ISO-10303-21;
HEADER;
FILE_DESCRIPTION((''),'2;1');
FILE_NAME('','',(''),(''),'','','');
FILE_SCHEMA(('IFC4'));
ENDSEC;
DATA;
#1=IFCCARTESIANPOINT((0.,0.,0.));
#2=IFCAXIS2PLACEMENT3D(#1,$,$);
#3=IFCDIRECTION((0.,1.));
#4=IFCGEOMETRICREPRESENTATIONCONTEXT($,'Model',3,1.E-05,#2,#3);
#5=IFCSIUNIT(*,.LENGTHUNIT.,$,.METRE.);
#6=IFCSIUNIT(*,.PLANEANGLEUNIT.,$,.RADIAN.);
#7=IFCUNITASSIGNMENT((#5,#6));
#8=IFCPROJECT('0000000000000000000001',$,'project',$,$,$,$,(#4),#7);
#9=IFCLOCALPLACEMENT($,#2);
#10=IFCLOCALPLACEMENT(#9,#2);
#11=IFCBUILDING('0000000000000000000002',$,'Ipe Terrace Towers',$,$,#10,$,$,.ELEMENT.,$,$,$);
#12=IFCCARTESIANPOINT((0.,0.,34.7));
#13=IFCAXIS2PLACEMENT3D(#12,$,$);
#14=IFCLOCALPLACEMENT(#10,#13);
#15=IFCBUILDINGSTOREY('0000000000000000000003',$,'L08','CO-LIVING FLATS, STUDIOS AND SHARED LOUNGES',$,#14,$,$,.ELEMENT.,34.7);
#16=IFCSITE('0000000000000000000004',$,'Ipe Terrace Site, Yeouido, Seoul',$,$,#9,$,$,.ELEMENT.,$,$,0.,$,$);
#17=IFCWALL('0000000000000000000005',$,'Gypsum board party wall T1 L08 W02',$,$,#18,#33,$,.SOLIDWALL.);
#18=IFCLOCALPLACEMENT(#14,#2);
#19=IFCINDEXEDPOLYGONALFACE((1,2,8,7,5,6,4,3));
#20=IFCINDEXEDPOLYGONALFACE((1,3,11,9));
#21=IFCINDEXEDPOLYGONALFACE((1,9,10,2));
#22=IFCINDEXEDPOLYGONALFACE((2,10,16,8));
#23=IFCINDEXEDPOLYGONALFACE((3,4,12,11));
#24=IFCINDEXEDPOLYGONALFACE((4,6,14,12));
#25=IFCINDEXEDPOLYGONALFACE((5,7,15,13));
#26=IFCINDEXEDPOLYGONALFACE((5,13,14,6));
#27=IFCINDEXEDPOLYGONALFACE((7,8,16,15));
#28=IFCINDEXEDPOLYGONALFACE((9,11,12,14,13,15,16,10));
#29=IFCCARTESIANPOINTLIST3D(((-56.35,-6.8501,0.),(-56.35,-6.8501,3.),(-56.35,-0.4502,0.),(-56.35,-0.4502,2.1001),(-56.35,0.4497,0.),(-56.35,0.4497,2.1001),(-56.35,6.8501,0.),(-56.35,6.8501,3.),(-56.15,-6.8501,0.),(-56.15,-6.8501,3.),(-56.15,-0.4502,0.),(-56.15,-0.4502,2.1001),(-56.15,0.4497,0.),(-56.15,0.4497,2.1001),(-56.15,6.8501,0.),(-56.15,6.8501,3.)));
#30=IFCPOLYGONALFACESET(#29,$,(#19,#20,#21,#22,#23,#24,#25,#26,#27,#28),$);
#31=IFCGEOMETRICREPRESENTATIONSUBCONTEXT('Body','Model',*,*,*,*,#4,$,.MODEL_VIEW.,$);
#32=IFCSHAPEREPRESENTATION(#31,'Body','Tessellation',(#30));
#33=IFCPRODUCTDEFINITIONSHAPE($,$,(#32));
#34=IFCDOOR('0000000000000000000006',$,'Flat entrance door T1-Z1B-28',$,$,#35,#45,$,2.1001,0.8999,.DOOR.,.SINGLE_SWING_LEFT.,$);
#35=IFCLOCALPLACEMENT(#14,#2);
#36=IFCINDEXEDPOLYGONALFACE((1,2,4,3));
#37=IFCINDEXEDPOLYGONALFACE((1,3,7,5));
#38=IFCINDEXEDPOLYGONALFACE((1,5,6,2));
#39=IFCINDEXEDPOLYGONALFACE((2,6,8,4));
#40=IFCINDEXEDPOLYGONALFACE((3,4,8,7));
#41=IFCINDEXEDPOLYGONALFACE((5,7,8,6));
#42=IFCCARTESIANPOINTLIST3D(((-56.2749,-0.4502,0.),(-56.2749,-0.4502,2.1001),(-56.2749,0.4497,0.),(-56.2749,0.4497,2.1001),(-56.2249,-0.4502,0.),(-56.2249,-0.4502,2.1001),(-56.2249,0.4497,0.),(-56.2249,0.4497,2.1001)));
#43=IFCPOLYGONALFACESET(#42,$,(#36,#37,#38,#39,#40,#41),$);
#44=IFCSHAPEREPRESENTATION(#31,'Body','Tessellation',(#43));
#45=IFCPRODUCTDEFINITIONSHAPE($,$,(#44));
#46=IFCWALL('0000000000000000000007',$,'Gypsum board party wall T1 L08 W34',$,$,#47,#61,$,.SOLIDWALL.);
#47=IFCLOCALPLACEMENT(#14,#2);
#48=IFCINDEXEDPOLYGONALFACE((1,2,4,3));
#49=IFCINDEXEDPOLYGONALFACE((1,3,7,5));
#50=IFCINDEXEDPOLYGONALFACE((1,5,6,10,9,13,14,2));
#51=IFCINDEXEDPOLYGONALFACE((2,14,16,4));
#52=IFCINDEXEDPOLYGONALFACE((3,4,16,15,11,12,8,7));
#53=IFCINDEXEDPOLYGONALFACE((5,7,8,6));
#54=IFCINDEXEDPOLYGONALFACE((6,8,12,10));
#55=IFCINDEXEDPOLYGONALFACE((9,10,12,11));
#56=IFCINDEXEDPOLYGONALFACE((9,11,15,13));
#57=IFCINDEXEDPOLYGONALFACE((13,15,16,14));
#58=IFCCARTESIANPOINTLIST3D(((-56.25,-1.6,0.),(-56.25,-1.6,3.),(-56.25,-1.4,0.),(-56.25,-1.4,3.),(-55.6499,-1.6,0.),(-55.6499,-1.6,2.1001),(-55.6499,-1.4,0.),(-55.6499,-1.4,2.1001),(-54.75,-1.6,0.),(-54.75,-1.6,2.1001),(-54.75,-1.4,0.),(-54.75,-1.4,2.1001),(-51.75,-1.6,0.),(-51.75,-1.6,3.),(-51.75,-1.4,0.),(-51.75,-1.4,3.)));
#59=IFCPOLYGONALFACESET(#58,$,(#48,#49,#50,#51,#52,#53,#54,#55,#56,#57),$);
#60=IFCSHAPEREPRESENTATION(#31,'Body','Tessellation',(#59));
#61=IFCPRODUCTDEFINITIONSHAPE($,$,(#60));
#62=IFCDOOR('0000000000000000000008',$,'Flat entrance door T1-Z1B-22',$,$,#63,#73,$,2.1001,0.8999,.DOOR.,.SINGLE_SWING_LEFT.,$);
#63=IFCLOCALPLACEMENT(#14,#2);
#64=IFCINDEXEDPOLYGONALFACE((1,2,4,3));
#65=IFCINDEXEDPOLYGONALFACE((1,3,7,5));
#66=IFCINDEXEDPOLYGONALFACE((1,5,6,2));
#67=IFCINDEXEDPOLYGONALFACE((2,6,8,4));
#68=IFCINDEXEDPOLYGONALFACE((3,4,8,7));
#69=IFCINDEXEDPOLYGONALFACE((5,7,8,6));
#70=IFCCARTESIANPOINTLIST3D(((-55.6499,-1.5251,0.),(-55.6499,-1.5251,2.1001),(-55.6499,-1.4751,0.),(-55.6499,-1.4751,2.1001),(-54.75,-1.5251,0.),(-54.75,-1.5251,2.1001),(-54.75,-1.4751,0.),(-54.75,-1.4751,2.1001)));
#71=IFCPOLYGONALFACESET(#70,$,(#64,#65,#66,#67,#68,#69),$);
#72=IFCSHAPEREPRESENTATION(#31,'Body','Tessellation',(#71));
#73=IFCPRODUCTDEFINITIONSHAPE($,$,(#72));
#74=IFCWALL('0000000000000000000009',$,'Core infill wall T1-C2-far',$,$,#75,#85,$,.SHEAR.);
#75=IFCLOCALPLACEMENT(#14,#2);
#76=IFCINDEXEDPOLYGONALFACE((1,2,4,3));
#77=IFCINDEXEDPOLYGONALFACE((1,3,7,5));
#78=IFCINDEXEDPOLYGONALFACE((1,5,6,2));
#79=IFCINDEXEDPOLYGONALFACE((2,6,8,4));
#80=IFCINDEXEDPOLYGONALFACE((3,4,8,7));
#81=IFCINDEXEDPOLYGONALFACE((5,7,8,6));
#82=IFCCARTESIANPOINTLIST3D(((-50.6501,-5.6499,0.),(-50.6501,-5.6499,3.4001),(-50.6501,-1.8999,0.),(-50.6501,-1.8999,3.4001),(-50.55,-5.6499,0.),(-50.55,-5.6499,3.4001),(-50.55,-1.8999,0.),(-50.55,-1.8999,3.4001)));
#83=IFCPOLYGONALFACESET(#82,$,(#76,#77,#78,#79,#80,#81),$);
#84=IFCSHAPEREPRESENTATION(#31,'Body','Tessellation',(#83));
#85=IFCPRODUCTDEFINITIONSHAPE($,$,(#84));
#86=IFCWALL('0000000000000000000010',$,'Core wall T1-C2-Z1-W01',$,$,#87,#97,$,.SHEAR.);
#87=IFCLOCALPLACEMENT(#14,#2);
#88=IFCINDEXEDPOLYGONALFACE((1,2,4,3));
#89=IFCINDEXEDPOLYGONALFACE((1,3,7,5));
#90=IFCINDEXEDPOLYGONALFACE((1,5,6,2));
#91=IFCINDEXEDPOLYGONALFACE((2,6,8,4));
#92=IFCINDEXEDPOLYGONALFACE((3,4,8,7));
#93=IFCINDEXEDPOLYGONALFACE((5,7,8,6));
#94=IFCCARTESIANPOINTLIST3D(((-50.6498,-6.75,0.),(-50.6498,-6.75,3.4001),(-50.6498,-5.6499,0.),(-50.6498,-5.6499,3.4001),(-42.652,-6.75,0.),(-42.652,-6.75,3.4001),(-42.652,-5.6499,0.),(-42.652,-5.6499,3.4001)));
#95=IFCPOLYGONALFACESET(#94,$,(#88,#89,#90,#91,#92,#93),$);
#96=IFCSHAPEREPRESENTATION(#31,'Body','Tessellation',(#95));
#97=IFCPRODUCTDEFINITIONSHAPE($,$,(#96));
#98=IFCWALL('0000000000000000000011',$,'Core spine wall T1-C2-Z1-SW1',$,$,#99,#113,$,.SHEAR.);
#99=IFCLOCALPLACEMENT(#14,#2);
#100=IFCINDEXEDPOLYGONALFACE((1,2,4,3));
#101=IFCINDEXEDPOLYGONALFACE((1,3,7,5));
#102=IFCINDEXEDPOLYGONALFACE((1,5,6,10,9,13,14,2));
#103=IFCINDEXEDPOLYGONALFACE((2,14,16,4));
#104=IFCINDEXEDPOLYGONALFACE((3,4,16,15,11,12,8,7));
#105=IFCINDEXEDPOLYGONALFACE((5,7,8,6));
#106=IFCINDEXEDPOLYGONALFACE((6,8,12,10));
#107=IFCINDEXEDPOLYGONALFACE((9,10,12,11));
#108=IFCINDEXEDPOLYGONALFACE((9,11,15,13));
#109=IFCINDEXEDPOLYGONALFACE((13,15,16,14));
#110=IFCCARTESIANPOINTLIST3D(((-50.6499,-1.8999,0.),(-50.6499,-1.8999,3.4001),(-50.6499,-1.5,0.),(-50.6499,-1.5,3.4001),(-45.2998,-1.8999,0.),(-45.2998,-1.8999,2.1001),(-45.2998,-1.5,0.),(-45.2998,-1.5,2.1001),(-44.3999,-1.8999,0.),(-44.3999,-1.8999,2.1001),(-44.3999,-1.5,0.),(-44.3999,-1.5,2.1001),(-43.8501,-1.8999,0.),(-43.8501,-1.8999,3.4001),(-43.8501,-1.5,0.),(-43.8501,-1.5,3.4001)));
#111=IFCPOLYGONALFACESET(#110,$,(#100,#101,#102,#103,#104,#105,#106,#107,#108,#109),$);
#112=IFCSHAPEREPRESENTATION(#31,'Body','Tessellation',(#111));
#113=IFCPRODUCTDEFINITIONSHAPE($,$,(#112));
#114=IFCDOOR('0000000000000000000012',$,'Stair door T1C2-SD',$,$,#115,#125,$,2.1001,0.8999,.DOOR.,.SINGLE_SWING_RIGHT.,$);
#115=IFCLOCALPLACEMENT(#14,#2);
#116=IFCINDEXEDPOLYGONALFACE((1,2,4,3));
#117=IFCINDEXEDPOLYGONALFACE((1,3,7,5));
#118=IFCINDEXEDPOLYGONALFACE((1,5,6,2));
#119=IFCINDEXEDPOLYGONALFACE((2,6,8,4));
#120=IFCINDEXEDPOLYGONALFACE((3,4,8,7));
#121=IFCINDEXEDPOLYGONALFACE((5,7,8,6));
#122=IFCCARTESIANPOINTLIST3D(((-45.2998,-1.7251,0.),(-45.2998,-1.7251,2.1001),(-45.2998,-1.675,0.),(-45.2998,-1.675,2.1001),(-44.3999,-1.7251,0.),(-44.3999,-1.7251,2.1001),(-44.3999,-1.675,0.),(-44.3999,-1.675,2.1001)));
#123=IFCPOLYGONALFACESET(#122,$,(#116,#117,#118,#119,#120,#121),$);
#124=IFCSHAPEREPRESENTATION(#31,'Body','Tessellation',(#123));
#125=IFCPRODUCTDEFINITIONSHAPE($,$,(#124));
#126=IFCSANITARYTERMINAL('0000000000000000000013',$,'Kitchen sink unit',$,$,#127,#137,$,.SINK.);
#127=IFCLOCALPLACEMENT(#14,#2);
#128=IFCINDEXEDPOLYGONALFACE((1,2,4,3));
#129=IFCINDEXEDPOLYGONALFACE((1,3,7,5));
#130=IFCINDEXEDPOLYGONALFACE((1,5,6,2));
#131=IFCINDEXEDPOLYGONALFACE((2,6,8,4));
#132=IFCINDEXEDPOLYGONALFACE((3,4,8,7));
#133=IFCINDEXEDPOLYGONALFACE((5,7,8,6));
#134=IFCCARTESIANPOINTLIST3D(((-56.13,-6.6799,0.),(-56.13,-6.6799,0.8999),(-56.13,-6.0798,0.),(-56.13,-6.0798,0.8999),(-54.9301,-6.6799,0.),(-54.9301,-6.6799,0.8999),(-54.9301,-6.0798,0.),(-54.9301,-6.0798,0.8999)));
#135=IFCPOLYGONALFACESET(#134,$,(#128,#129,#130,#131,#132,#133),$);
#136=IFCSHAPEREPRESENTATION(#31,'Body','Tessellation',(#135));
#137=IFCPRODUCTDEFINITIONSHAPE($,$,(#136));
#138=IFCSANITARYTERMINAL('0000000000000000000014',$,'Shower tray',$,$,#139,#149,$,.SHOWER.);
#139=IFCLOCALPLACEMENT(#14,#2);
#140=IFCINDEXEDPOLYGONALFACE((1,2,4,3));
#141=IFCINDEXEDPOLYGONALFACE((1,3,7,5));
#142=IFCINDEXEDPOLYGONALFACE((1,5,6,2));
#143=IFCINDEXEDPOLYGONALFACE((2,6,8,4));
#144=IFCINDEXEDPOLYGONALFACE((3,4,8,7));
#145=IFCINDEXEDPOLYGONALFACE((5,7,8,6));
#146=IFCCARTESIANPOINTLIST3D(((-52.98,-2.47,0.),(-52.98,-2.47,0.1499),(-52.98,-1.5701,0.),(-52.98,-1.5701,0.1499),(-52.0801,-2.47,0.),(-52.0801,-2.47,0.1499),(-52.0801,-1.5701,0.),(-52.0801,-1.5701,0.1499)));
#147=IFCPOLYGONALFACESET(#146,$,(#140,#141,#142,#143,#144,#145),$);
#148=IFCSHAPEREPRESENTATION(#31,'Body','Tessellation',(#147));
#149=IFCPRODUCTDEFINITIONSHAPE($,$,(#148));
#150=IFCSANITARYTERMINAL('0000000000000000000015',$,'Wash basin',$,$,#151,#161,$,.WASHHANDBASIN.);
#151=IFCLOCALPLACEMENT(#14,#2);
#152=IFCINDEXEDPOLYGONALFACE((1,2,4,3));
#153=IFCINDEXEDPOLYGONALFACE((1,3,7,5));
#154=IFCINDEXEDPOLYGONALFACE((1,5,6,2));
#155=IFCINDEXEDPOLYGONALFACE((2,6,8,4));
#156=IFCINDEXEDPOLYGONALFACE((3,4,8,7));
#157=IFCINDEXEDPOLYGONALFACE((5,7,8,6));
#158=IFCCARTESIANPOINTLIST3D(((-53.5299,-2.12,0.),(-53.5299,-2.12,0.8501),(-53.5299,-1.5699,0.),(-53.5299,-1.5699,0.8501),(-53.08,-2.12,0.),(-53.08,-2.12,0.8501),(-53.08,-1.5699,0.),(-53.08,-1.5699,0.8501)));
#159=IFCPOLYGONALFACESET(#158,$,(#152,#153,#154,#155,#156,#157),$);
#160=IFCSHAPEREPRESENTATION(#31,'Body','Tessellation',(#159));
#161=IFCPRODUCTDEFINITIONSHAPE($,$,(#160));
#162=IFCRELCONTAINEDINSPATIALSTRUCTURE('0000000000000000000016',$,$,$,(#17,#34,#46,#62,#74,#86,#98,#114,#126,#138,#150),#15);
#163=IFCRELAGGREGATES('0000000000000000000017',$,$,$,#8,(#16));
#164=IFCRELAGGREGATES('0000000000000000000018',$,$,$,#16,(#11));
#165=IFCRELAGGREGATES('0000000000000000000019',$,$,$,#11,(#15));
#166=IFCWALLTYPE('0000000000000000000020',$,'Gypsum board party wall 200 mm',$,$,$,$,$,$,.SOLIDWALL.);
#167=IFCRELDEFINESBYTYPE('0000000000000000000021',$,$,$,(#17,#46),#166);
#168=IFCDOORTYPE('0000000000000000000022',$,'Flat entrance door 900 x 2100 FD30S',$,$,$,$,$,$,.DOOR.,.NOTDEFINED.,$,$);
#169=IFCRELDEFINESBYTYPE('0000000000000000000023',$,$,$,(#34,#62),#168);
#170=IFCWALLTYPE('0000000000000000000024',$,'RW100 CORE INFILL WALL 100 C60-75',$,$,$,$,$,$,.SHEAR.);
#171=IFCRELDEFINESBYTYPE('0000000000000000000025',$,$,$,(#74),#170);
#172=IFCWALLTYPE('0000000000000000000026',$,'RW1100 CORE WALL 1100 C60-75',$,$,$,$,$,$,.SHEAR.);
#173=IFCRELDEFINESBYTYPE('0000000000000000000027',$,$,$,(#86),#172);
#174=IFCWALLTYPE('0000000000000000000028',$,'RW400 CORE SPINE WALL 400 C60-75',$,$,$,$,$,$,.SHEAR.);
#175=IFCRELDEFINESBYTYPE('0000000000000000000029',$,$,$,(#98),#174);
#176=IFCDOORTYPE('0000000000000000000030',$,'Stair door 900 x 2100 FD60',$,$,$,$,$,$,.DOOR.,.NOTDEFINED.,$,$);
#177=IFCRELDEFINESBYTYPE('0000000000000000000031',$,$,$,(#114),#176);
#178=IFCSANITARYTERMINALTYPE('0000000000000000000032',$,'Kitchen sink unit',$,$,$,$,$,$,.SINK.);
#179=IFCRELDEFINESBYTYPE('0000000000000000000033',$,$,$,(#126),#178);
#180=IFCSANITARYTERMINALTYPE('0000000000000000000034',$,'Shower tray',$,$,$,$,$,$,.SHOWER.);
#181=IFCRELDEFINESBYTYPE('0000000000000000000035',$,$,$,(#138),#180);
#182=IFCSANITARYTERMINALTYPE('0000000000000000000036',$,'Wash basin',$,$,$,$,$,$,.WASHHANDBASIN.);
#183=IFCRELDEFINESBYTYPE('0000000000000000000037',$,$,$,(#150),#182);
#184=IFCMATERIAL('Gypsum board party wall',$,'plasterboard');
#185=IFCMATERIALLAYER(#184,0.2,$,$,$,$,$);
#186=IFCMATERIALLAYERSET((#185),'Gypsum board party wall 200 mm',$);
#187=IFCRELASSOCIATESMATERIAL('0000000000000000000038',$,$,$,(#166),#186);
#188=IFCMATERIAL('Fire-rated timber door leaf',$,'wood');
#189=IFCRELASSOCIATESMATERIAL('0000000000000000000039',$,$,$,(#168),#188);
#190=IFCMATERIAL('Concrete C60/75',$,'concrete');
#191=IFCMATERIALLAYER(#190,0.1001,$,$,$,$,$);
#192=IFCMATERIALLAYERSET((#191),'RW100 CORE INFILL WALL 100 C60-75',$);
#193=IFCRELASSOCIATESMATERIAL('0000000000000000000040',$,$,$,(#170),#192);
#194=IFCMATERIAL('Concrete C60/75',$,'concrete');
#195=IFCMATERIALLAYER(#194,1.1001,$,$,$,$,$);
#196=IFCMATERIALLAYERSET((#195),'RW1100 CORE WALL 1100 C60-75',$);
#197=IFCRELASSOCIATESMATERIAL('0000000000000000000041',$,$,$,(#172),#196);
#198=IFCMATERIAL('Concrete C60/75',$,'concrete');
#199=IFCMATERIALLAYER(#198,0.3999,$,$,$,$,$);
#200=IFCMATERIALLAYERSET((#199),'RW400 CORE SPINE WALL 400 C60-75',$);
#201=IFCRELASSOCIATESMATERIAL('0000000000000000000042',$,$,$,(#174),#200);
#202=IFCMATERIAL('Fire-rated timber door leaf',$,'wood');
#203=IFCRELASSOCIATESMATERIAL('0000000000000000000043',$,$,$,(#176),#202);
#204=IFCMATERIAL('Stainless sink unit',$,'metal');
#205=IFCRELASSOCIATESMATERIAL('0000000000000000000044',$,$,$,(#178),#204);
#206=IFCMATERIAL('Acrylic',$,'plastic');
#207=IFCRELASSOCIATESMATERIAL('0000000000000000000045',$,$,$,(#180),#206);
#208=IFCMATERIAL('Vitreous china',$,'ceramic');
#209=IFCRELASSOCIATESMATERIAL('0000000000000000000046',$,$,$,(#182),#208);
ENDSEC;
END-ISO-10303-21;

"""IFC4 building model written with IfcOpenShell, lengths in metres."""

from ifc_helpers import new_model, si_unit, direction, frame, frame_2d, origin, origin_2d, place, context, subcontext, project, spatial, rectangle, extrude, material, layer, layer_set, type_object, element, fill, save


model = new_model("IFC4")

# Units and contexts
model_context = context("Model", 3, precision=1e-05, world=origin(), true_north=direction((0.0, 1.0)))
body_context = subcontext(model_context, "Body", "Model", "MODEL_VIEW")
ifc_project = project(units=[si_unit("LENGTHUNIT", "METRE"), si_unit("PLANEANGLEUNIT", "RADIAN")], contexts=[model_context])

# Site, building, storey
site_placement = place(None, origin())
site = spatial("IfcSite", under=ifc_project, at=site_placement, Name="Ipe Terrace Site, Yeouido, Seoul", CompositionType="ELEMENT", RefElevation=0.0)
building_placement = place(site_placement, origin())
building = spatial("IfcBuilding", under=site, at=building_placement, Name="Ipe Terrace Towers", CompositionType="ELEMENT")
storey_placement = place(building_placement, frame((0.0, 0.0, 34.7)))
storey = spatial("IfcBuildingStorey", under=building, at=storey_placement, Name="L08", Description="CO-LIVING FLATS, STUDIOS AND SHARED LOUNGES", CompositionType="ELEMENT", Elevation=34.7)

# Walls, openings, doors
ifc_material_1 = material(Name="Gypsum board party wall", Category="plasterboard")
ifc_layer_1 = layer(ifc_material_1, 0.2)
ifc_layer_set_1 = layer_set([ifc_layer_1], Name="Gypsum board party wall 200 mm")
wall_type_1 = type_object("IfcWallType", Name="Gypsum board party wall 200 mm", PredefinedType="SOLIDWALL", material=ifc_layer_set_1)
wall_1_placement = place(storey_placement, frame((-56.25, -6.8501, 0.0), z_axis=(0.0, 0.0, 1.0), x_axis=(0.0, 1.0, 0.0)))
wall_1 = element("IfcWall", 1, at=wall_1_placement, inside=storey, type_object=wall_type_1, Name="Gypsum board party wall T1 L08 W02", PredefinedType="SOLIDWALL", context=body_context, shape_type="SweptSolid", body=[
    extrude(rectangle(XDim=13.7002, YDim=0.2, at=frame_2d((6.8501, 0.0))), origin(), (0.0, 0.0, 1.0), 3.0),
])
opening_1_placement = place(wall_1_placement, frame((6.3999, 0.0, 0.0)))
opening_1 = element("IfcOpeningElement", 2, at=opening_1_placement, cuts=wall_1, PredefinedType="OPENING", context=body_context, shape_type="SweptSolid", body=[
    extrude(rectangle(XDim=0.8999, YDim=2.1001, at=frame_2d((0.45, 1.05))), frame((0.0, 0.1099, 0.0), z_axis=(0.0, -1.0, 0.0), x_axis=(1.0, 0.0, 0.0)), (0.0, 0.0, 1.0), 0.22),
])
ifc_material_2 = material(Name="Fire-rated timber door leaf", Category="wood")
door_type_1 = type_object("IfcDoorType", Name="Flat entrance door 900 x 2100 FD30S", OperationType="NOTDEFINED", PredefinedType="DOOR", material=ifc_material_2)
door_1_placement = place(opening_1_placement, origin())
door_1 = element("IfcDoor", 3, at=door_1_placement, inside=storey, type_object=door_type_1, Name="Flat entrance door T1-Z1B-28", OperationType="SINGLE_SWING_LEFT", OverallHeight=2.1001, OverallWidth=0.8999, PredefinedType="DOOR", context=body_context, shape_type="SweptSolid", body=[
    extrude(rectangle(XDim=0.8999, YDim=2.1001, at=frame_2d((0.45, 1.05))), frame((0.0, 0.0249, 0.0), z_axis=(0.0, -1.0, 0.0), x_axis=(1.0, 0.0, 0.0)), (0.0, 0.0, 1.0), 0.05),
])
fill(opening_1, door_1)
wall_2_placement = place(storey_placement, frame((-56.25, -1.5, 0.0), z_axis=(0.0, 0.0, 1.0), x_axis=(1.0, 0.0, 0.0)))
wall_2 = element("IfcWall", 4, at=wall_2_placement, inside=storey, type_object=wall_type_1, Name="Gypsum board party wall T1 L08 W34", PredefinedType="SOLIDWALL", context=body_context, shape_type="SweptSolid", body=[
    extrude(rectangle(XDim=4.5, YDim=0.2, at=frame_2d((2.25, 0.0))), origin(), (0.0, 0.0, 1.0), 3.0),
])
opening_2_placement = place(wall_2_placement, frame((0.6001, 0.0, 0.0)))
opening_2 = element("IfcOpeningElement", 5, at=opening_2_placement, cuts=wall_2, PredefinedType="OPENING", context=body_context, shape_type="SweptSolid", body=[
    extrude(rectangle(XDim=0.8999, YDim=2.1001, at=frame_2d((0.45, 1.05))), frame((0.0, 0.1099, 0.0), z_axis=(0.0, -1.0, 0.0), x_axis=(1.0, 0.0, 0.0)), (0.0, 0.0, 1.0), 0.22),
])
door_2_placement = place(opening_2_placement, origin())
door_2 = element("IfcDoor", 6, at=door_2_placement, inside=storey, type_object=door_type_1, Name="Flat entrance door T1-Z1B-22", OperationType="SINGLE_SWING_LEFT", OverallHeight=2.1001, OverallWidth=0.8999, PredefinedType="DOOR", context=body_context, shape_type="SweptSolid", body=[
    extrude(rectangle(XDim=0.8999, YDim=2.1001, at=frame_2d((0.45, 1.05))), frame((0.0, 0.0249, 0.0), z_axis=(0.0, -1.0, 0.0), x_axis=(1.0, 0.0, 0.0)), (0.0, 0.0, 1.0), 0.05),
])
fill(opening_2, door_2)

# Walls
ifc_material_3 = material(Name="Concrete C60/75", Category="concrete")
ifc_layer_2 = layer(ifc_material_3, 0.1001)
ifc_layer_set_2 = layer_set([ifc_layer_2], Name="RW100 CORE INFILL WALL 100 C60-75")
wall_type_2 = type_object("IfcWallType", Name="RW100 CORE INFILL WALL 100 C60-75", PredefinedType="SHEAR", material=ifc_layer_set_2)
wall_3_placement = place(storey_placement, frame((-50.6001, -1.8999, 0.0), z_axis=(0.0, 0.0, 1.0), x_axis=(0.0, -1.0, 0.0)))
element("IfcWall", 7, at=wall_3_placement, inside=storey, type_object=wall_type_2, Name="Core infill wall T1-C2-far", PredefinedType="SHEAR", context=body_context, shape_type="SweptSolid", body=[
    extrude(rectangle(XDim=3.75, YDim=0.1001, at=frame_2d((1.875, 0.0))), origin(), (0.0, 0.0, 1.0), 3.4001),
])
ifc_material_4 = material(Name="Concrete C60/75", Category="concrete")
ifc_layer_3 = layer(ifc_material_4, 1.1001)
ifc_layer_set_3 = layer_set([ifc_layer_3], Name="RW1100 CORE WALL 1100 C60-75")
wall_type_3 = type_object("IfcWallType", Name="RW1100 CORE WALL 1100 C60-75", PredefinedType="SHEAR", material=ifc_layer_set_3)
wall_4_placement = place(storey_placement, frame((-50.6499, -6.2, 0.0), z_axis=(0.0, 0.0, 1.0), x_axis=(1.0, 0.0, 0.0)))
element("IfcWall", 8, at=wall_4_placement, inside=storey, type_object=wall_type_3, Name="Core wall T1-C2-Z1-W01", PredefinedType="SHEAR", context=body_context, shape_type="SweptSolid", body=[
    extrude(rectangle(XDim=7.9978, YDim=1.1001, at=frame_2d((3.999, 0.0))), origin(), (0.0, 0.0, 1.0), 3.4001),
])

# Wall, opening, door
ifc_material_5 = material(Name="Concrete C60/75", Category="concrete")
ifc_layer_4 = layer(ifc_material_5, 0.3999)
ifc_layer_set_4 = layer_set([ifc_layer_4], Name="RW400 CORE SPINE WALL 400 C60-75")
wall_type_4 = type_object("IfcWallType", Name="RW400 CORE SPINE WALL 400 C60-75", PredefinedType="SHEAR", material=ifc_layer_set_4)
wall_5_placement = place(storey_placement, frame((-50.6499, -1.7, 0.0), z_axis=(0.0, 0.0, 1.0), x_axis=(1.0, 0.0, 0.0)))
wall_5 = element("IfcWall", 9, at=wall_5_placement, inside=storey, type_object=wall_type_4, Name="Core spine wall T1-C2-Z1-SW1", PredefinedType="SHEAR", context=body_context, shape_type="SweptSolid", body=[
    extrude(rectangle(XDim=6.7998, YDim=0.3999, at=frame_2d((3.3999, 0.0))), origin(), (0.0, 0.0, 1.0), 3.4001),
])
opening_3_placement = place(wall_5_placement, frame((5.3501, 0.0, 0.0)))
opening_3 = element("IfcOpeningElement", 10, at=opening_3_placement, cuts=wall_5, PredefinedType="OPENING", context=body_context, shape_type="SweptSolid", body=[
    extrude(rectangle(XDim=0.8999, YDim=2.1001, at=frame_2d((0.45, 1.05))), frame((0.0, 0.21, 0.0), z_axis=(0.0, -1.0, 0.0), x_axis=(1.0, 0.0, 0.0)), (0.0, 0.0, 1.0), 0.4199),
])
ifc_material_6 = material(Name="Fire-rated timber door leaf", Category="wood")
door_type_2 = type_object("IfcDoorType", Name="Stair door 900 x 2100 FD60", OperationType="NOTDEFINED", PredefinedType="DOOR", material=ifc_material_6)
door_3_placement = place(opening_3_placement, origin())
door_3 = element("IfcDoor", 11, at=door_3_placement, inside=storey, type_object=door_type_2, Name="Stair door T1C2-SD", OperationType="SINGLE_SWING_RIGHT", OverallHeight=2.1001, OverallWidth=0.8999, PredefinedType="DOOR", context=body_context, shape_type="SweptSolid", body=[
    extrude(rectangle(XDim=0.8999, YDim=2.1001, at=frame_2d((0.45, 1.05))), frame((0.0, 0.0249, 0.0), z_axis=(0.0, -1.0, 0.0), x_axis=(1.0, 0.0, 0.0)), (0.0, 0.0, 1.0), 0.05),
])
fill(opening_3, door_3)

# Sanitary terminals
ifc_material_7 = material(Name="Stainless sink unit", Category="metal")
sanitary_terminal_type_1 = type_object("IfcSanitaryTerminalType", Name="Kitchen sink unit", PredefinedType="SINK", material=ifc_material_7)
sanitary_terminal_1_placement = place(storey_placement, frame((-55.53, -6.3799, 0.0), z_axis=(0.0, 0.0, 1.0), x_axis=(-1.0, 0.0, 0.0)))
element("IfcSanitaryTerminal", 12, at=sanitary_terminal_1_placement, inside=storey, type_object=sanitary_terminal_type_1, Name="Kitchen sink unit", PredefinedType="SINK", context=body_context, shape_type="SweptSolid", body=[
    extrude(rectangle(XDim=1.2, YDim=0.6001, at=origin_2d()), origin(), (0.0, 0.0, 1.0), 0.8999),
])
ifc_material_8 = material(Name="Acrylic", Category="plastic")
sanitary_terminal_type_2 = type_object("IfcSanitaryTerminalType", Name="Shower tray", PredefinedType="SHOWER", material=ifc_material_8)
sanitary_terminal_2_placement = place(storey_placement, frame((-52.53, -2.02, 0.0), z_axis=(0.0, 0.0, 1.0), x_axis=(0.0, -1.0, 0.0)))
element("IfcSanitaryTerminal", 13, at=sanitary_terminal_2_placement, inside=storey, type_object=sanitary_terminal_type_2, Name="Shower tray", PredefinedType="SHOWER", context=body_context, shape_type="SweptSolid", body=[
    extrude(rectangle(XDim=0.8999, YDim=0.8999, at=origin_2d()), origin(), (0.0, 0.0, 1.0), 0.1499),
])
ifc_material_9 = material(Name="Vitreous china", Category="ceramic")
sanitary_terminal_type_3 = type_object("IfcSanitaryTerminalType", Name="Wash basin", PredefinedType="WASHHANDBASIN", material=ifc_material_9)
sanitary_terminal_3_placement = place(storey_placement, frame((-53.3049, -1.845, 0.0), z_axis=(0.0, 0.0, 1.0), x_axis=(0.0, -1.0, 0.0)))
element("IfcSanitaryTerminal", 14, at=sanitary_terminal_3_placement, inside=storey, type_object=sanitary_terminal_type_3, Name="Wash basin", PredefinedType="WASHHANDBASIN", context=body_context, shape_type="SweptSolid", body=[
    extrude(rectangle(XDim=0.55, YDim=0.45, at=origin_2d()), origin(), (0.0, 0.0, 1.0), 0.8501),
])

save(model, "model.ifc")
